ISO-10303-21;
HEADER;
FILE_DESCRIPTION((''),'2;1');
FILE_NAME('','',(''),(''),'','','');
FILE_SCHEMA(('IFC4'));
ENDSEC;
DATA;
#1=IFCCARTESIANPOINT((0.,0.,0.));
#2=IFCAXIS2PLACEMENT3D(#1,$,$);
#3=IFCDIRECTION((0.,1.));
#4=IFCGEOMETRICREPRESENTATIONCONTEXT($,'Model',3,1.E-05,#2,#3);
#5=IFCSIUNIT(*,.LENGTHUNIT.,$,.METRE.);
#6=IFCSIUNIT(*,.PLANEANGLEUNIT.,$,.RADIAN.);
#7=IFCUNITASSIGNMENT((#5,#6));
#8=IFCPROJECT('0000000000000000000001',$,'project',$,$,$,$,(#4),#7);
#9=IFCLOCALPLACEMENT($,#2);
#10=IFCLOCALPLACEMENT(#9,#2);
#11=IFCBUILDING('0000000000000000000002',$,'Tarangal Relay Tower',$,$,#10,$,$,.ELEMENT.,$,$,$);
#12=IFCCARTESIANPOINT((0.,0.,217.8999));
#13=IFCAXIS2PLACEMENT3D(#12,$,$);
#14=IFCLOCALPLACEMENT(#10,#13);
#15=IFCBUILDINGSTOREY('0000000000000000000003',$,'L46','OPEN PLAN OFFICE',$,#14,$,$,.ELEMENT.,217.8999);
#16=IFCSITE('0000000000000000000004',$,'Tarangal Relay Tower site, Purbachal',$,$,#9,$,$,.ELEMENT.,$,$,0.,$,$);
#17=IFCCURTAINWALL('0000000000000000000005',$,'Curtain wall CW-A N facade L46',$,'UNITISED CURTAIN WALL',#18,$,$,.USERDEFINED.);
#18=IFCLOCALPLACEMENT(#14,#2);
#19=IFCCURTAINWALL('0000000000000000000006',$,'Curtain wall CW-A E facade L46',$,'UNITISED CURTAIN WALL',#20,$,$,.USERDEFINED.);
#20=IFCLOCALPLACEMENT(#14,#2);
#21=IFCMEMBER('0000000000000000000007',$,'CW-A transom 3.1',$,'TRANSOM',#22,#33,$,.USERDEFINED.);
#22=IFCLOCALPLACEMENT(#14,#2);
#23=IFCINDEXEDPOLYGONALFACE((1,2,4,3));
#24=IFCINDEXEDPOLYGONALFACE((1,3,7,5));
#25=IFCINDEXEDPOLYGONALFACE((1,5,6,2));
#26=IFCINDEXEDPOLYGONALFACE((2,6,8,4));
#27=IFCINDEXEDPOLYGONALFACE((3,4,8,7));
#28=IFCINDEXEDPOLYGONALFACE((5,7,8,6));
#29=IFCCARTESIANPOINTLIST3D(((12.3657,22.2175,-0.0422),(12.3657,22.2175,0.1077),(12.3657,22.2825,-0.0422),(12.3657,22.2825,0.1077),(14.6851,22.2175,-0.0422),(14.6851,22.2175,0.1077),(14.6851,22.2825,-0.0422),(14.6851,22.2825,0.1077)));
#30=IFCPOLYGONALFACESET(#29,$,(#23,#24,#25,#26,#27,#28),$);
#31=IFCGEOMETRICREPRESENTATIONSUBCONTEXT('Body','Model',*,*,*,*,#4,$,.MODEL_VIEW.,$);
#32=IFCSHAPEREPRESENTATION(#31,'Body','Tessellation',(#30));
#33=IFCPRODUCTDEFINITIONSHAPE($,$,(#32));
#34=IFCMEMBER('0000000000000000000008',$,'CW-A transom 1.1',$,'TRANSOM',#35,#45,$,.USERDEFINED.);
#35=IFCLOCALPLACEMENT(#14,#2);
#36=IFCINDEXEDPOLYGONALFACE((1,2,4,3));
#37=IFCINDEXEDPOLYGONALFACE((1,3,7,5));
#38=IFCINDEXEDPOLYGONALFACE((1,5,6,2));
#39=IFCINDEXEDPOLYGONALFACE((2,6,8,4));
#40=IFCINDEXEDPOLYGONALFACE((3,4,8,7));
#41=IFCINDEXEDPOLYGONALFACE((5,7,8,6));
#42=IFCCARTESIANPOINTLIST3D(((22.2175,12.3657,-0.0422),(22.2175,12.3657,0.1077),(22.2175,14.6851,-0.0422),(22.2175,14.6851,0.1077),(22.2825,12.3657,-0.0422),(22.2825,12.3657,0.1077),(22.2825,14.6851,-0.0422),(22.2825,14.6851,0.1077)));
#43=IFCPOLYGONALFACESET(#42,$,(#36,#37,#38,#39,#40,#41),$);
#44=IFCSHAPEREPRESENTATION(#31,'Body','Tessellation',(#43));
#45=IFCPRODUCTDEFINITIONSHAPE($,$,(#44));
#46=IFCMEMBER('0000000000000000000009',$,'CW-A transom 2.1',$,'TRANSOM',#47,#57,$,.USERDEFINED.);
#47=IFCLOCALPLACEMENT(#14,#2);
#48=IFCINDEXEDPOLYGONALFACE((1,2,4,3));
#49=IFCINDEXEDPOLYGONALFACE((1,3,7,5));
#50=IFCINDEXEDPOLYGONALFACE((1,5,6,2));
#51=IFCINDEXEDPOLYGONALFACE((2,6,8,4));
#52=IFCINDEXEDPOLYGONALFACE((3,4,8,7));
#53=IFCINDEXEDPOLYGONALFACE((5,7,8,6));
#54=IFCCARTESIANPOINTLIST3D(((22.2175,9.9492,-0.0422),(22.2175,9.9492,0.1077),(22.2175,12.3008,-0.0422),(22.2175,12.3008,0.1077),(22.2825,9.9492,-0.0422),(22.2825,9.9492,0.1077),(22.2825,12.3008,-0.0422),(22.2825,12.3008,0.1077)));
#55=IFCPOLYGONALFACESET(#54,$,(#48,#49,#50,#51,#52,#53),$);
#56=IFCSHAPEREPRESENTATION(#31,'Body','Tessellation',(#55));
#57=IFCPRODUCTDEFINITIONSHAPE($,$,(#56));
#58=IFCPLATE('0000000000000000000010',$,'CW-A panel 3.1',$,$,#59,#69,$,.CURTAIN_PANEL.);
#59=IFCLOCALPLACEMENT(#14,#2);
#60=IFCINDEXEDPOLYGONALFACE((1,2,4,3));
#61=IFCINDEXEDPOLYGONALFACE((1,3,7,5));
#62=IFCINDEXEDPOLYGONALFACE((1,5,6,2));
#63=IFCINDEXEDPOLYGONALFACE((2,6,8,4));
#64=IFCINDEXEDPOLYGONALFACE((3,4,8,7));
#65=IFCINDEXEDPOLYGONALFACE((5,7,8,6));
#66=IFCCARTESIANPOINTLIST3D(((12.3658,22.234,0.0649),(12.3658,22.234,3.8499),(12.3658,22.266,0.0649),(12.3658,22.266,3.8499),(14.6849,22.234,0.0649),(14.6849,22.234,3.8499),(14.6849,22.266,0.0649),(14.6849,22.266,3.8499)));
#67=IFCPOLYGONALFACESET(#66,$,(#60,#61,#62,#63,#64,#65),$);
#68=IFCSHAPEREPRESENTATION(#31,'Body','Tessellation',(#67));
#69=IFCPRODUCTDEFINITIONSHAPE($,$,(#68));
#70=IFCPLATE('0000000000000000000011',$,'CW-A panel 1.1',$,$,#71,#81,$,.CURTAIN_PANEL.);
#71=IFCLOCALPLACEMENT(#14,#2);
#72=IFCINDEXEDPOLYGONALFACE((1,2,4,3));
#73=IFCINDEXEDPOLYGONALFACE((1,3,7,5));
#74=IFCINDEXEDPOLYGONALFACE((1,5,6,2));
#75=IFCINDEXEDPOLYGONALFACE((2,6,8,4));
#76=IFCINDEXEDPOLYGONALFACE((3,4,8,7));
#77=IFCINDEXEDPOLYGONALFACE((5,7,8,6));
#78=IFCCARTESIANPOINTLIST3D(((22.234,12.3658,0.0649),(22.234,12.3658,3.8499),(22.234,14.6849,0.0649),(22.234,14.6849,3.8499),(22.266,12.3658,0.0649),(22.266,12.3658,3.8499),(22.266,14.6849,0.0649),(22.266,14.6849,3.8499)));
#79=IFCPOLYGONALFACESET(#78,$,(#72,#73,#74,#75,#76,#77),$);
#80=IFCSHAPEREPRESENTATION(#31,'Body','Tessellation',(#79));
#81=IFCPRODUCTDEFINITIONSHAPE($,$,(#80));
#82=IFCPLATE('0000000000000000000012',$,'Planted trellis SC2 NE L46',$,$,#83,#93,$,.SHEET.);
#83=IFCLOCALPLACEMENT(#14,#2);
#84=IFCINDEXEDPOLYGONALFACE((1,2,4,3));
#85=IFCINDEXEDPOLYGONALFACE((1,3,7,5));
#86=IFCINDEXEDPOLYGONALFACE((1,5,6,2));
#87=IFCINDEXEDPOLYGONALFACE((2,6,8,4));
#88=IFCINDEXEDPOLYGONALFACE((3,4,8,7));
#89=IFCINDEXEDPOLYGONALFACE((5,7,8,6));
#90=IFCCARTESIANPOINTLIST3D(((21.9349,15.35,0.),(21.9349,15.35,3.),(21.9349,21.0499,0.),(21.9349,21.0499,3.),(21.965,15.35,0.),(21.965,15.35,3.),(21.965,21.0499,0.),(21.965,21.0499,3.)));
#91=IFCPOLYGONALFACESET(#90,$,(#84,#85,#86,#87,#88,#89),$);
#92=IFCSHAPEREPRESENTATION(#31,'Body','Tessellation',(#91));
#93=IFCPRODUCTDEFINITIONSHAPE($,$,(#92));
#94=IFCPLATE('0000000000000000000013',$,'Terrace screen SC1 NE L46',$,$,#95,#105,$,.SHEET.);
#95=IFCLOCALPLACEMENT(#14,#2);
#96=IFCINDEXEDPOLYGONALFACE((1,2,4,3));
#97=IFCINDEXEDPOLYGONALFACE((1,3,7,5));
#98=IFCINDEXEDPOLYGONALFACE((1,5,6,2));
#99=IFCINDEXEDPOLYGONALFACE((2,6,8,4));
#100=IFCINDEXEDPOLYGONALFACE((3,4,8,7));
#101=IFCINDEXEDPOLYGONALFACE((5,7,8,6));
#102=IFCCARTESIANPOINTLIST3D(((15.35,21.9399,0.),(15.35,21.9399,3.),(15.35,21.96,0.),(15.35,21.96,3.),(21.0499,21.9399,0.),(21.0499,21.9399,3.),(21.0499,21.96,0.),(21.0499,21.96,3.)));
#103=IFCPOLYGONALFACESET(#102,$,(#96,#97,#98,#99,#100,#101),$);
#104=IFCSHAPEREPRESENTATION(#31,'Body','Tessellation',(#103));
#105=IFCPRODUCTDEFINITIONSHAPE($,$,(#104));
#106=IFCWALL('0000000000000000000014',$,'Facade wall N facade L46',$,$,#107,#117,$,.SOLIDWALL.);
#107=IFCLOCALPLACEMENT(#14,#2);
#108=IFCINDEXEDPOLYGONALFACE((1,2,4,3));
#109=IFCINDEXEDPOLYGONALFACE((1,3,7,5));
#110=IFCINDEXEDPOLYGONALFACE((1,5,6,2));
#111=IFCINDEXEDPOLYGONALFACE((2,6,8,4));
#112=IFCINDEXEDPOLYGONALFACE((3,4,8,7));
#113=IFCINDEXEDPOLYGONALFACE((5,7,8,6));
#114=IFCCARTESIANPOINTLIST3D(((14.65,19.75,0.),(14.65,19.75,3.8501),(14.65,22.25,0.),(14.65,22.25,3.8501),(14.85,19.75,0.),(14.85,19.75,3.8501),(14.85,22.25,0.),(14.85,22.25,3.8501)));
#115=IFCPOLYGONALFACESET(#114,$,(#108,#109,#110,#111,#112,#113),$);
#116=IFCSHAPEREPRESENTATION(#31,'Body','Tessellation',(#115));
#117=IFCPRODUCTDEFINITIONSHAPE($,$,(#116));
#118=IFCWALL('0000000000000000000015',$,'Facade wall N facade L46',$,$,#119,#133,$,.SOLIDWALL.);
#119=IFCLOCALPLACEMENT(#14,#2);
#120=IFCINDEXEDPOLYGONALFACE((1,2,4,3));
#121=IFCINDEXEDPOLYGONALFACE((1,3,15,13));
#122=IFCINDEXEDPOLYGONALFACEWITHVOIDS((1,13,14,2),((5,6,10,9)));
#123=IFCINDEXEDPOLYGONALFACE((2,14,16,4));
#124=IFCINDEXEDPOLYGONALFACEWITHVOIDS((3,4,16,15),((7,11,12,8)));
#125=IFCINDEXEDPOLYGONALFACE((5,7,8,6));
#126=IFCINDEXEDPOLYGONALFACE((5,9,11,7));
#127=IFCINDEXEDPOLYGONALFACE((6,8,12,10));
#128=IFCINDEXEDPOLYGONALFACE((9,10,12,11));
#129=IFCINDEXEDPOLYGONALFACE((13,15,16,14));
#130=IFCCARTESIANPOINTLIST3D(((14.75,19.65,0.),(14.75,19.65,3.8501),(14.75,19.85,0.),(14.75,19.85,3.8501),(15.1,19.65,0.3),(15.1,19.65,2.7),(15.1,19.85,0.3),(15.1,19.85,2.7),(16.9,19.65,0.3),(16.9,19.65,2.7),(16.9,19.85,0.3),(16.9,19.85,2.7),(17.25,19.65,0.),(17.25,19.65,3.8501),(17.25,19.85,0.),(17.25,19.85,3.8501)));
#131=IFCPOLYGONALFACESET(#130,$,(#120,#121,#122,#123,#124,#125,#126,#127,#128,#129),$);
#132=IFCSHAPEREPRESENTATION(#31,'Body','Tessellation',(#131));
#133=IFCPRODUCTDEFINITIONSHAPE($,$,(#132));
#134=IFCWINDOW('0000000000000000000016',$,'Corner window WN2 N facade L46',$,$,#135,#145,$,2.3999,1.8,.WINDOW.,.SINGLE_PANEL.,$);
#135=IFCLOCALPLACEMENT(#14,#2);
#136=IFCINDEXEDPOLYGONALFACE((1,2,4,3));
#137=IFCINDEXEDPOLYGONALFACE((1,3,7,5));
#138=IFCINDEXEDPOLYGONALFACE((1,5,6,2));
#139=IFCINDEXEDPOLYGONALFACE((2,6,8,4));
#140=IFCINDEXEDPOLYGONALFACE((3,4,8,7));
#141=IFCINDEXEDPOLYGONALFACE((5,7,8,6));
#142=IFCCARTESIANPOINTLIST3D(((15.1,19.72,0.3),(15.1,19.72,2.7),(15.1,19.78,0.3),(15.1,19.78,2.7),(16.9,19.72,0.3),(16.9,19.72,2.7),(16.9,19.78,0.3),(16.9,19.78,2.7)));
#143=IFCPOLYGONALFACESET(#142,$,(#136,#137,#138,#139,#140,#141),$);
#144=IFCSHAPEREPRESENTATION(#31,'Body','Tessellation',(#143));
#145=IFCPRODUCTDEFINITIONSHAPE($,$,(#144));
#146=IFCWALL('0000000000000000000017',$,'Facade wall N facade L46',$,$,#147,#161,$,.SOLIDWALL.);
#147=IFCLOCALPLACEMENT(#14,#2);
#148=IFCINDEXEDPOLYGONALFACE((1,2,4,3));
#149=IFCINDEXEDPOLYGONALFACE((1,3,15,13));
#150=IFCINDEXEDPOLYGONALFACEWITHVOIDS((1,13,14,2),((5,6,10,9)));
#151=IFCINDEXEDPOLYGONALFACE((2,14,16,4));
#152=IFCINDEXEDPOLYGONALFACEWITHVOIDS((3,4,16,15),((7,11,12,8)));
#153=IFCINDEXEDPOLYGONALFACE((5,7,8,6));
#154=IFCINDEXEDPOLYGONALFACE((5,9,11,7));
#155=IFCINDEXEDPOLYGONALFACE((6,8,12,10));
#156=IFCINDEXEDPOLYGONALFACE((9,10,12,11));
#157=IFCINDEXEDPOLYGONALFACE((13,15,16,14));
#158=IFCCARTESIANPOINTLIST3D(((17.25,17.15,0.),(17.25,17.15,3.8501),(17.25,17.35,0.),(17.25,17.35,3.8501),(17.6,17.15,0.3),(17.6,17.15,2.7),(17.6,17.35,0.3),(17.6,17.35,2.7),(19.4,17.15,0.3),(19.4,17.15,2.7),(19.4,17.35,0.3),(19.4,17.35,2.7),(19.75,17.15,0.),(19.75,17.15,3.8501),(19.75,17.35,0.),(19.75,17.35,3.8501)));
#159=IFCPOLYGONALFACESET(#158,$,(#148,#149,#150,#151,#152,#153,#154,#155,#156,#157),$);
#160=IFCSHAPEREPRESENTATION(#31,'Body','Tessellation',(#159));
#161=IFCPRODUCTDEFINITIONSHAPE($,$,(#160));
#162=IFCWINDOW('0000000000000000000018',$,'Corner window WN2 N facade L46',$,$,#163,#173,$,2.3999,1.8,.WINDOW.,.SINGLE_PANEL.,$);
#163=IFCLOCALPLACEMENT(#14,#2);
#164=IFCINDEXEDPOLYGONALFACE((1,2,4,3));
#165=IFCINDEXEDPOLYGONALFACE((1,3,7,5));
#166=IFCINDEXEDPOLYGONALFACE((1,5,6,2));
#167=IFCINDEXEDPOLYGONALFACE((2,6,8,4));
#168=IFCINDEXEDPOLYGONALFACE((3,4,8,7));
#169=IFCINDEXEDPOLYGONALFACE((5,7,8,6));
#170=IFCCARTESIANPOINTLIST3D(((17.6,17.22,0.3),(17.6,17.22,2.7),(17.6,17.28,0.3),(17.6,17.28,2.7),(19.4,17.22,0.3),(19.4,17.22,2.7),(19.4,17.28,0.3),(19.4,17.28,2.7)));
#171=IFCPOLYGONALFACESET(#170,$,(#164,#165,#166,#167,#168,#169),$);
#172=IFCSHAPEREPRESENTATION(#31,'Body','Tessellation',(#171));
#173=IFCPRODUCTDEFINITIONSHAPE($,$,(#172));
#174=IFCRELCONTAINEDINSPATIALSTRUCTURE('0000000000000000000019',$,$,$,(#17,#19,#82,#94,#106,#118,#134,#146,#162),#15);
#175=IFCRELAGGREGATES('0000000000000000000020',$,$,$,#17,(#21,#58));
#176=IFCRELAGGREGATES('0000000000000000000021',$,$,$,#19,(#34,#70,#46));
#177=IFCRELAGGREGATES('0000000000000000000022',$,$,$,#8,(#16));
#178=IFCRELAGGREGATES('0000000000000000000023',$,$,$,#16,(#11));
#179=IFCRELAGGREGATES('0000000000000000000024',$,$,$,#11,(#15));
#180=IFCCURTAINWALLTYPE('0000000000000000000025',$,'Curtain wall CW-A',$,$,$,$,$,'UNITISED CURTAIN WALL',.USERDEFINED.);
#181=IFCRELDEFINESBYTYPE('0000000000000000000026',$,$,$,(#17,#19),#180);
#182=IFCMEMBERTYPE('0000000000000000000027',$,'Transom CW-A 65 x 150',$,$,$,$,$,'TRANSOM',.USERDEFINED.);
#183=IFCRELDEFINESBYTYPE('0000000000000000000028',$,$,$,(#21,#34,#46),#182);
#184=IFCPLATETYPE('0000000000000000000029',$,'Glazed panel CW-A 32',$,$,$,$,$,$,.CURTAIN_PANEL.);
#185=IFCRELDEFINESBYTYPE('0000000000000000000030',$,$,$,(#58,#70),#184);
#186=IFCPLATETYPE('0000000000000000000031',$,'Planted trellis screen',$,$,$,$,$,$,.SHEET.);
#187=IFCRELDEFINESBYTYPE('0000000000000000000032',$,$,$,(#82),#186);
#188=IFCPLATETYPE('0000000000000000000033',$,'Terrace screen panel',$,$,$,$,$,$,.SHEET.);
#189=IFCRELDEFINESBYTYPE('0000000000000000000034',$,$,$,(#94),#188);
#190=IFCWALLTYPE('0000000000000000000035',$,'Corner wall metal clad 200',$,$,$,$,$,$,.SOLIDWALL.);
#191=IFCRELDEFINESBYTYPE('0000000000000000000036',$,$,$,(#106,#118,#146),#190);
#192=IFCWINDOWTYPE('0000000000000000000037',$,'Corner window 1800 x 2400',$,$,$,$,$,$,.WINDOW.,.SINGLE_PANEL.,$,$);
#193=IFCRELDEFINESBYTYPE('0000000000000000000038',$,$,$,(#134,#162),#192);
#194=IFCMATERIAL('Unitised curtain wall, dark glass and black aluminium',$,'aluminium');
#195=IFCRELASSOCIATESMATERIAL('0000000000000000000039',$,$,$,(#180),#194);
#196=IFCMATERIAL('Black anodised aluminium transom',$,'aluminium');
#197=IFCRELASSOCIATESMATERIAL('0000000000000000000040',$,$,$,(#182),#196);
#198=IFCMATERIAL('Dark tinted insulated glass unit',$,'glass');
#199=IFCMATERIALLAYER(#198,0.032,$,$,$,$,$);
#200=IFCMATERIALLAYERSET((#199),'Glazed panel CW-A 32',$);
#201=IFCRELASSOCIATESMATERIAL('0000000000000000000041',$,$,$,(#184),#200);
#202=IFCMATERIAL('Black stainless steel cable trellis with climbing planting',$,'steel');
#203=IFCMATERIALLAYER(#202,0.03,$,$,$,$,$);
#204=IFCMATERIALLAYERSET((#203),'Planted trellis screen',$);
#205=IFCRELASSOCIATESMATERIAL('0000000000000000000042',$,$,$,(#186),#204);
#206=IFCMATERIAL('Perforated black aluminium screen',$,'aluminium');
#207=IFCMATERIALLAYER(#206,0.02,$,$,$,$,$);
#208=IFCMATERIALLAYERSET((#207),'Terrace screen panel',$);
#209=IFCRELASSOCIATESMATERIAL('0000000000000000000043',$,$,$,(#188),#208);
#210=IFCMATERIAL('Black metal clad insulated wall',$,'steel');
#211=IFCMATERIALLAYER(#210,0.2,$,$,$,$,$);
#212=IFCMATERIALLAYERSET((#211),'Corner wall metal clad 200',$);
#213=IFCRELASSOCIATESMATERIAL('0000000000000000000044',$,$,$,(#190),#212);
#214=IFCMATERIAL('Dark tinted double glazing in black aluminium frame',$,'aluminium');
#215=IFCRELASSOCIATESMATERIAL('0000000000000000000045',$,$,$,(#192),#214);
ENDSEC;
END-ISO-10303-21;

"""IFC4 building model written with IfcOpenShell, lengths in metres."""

from ifc_helpers import new_model, si_unit, direction, frame, frame_2d, origin, origin_2d, place, context, subcontext, project, spatial, rectangle, extrude, material, layer, layer_set, material_profile, profile_set, type_object, element, fill, aggregate, save


model = new_model("IFC4")

# Units and contexts
model_context = context("Model", 3, precision=1e-05, world=origin(), true_north=direction((0.0, 1.0)))
body_context = subcontext(model_context, "Body", "Model", "MODEL_VIEW")
ifc_project = project(units=[si_unit("LENGTHUNIT", "METRE"), si_unit("PLANEANGLEUNIT", "RADIAN")], contexts=[model_context])

# Site, building, storey
site_placement = place(None, origin())
site = spatial("IfcSite", under=ifc_project, at=site_placement, Name="Tarangal Relay Tower site, Purbachal", CompositionType="ELEMENT", RefElevation=0.0)
building_placement = place(site_placement, origin())
building = spatial("IfcBuilding", under=site, at=building_placement, Name="Tarangal Relay Tower", CompositionType="ELEMENT")
storey_placement = place(building_placement, frame((0.0, 0.0, 217.8999)))
storey = spatial("IfcBuildingStorey", under=building, at=storey_placement, Name="L46", Description="OPEN PLAN OFFICE", CompositionType="ELEMENT", Elevation=217.8999)

# Curtain walls
ifc_material_1 = material(Name="Unitised curtain wall, dark glass and black aluminium", Category="aluminium")
curtain_wall_type = type_object("IfcCurtainWallType", Name="Curtain wall CW-A", ElementType="UNITISED CURTAIN WALL", PredefinedType="USERDEFINED", material=ifc_material_1)
curtain_wall_1_placement = place(storey_placement, origin())
curtain_wall_1 = element("IfcCurtainWall", 1, at=curtain_wall_1_placement, inside=storey, type_object=curtain_wall_type, Name="Curtain wall CW-A N facade L46", ObjectType="UNITISED CURTAIN WALL", PredefinedType="USERDEFINED")
curtain_wall_2_placement = place(storey_placement, origin())
curtain_wall_2 = element("IfcCurtainWall", 2, at=curtain_wall_2_placement, inside=storey, type_object=curtain_wall_type, Name="Curtain wall CW-A E facade L46", ObjectType="UNITISED CURTAIN WALL", PredefinedType="USERDEFINED")

# Members
ifc_material_2 = material(Name="Black anodised aluminium transom", Category="aluminium")
ifc_material_profile_1 = material_profile(ifc_material_2, rectangle(XDim=0.0649, YDim=0.1499, at=origin_2d()), Name="CW-AT 65X150")
ifc_profile_set_1 = profile_set([ifc_material_profile_1], Name="Black anodised aluminium transom")
member_type_1 = type_object("IfcMemberType", Name="Transom CW-A 65 x 150", ElementType="TRANSOM", PredefinedType="USERDEFINED", material=ifc_profile_set_1)
member_1_placement = place(storey_placement, frame((12.3657, 22.25, 0.0327), z_axis=(1.0, 0.0, 0.0), x_axis=(0.0, 1.0, 0.0)))
member_1 = element("IfcMember", 3, at=member_1_placement, type_object=member_type_1, Name="CW-A transom 3.1", ObjectType="TRANSOM", PredefinedType="USERDEFINED", context=body_context, shape_type="SweptSolid", body=[
    extrude(rectangle(XDim=0.0649, YDim=0.1499, at=origin_2d()), origin(), (0.0, 0.0, 1.0), 2.3193),
])
member_2_placement = place(storey_placement, frame((22.25, 14.6851, 0.0327), z_axis=(0.0, -1.0, 0.0), x_axis=(1.0, 0.0, 0.0)))
member_2 = element("IfcMember", 4, at=member_2_placement, type_object=member_type_1, Name="CW-A transom 1.1", ObjectType="TRANSOM", PredefinedType="USERDEFINED", context=body_context, shape_type="SweptSolid", body=[
    extrude(rectangle(XDim=0.0649, YDim=0.1499, at=origin_2d()), origin(), (0.0, 0.0, 1.0), 2.3193),
])
member_3_placement = place(storey_placement, frame((22.25, 12.3008, 0.0327), z_axis=(0.0, -1.0, 0.0), x_axis=(1.0, 0.0, 0.0)))
member_3 = element("IfcMember", 5, at=member_3_placement, type_object=member_type_1, Name="CW-A transom 2.1", ObjectType="TRANSOM", PredefinedType="USERDEFINED", context=body_context, shape_type="SweptSolid", body=[
    extrude(rectangle(XDim=0.0649, YDim=0.1499, at=origin_2d()), origin(), (0.0, 0.0, 1.0), 2.3516),
])

# Plates
ifc_material_3 = material(Name="Dark tinted insulated glass unit", Category="glass")
ifc_layer_1 = layer(ifc_material_3, 0.032)
ifc_layer_set_1 = layer_set([ifc_layer_1], Name="Glazed panel CW-A 32")
plate_type_1 = type_object("IfcPlateType", Name="Glazed panel CW-A 32", PredefinedType="CURTAIN_PANEL", material=ifc_layer_set_1)
plate_1_placement = place(storey_placement, frame((13.5254, 22.25, 0.0649), z_axis=(0.0, 0.0, 1.0), x_axis=(1.0, 0.0, 0.0)))
plate_1 = element("IfcPlate", 6, at=plate_1_placement, type_object=plate_type_1, Name="CW-A panel 3.1", PredefinedType="CURTAIN_PANEL", context=body_context, shape_type="SweptSolid", body=[
    extrude(rectangle(XDim=2.3191, YDim=0.032, at=origin_2d()), origin(), (0.0, 0.0, 1.0), 3.7849),
])
aggregate(curtain_wall_1, [member_1, plate_1])
plate_2_placement = place(storey_placement, frame((22.25, 13.5254, 0.0649), z_axis=(0.0, 0.0, 1.0), x_axis=(0.0, -1.0, 0.0)))
plate_2 = element("IfcPlate", 7, at=plate_2_placement, type_object=plate_type_1, Name="CW-A panel 1.1", PredefinedType="CURTAIN_PANEL", context=body_context, shape_type="SweptSolid", body=[
    extrude(rectangle(XDim=2.3191, YDim=0.032, at=origin_2d()), origin(), (0.0, 0.0, 1.0), 3.7849),
])
aggregate(curtain_wall_2, [member_2, plate_2, member_3])

# Plates
ifc_material_4 = material(Name="Black stainless steel cable trellis with climbing planting", Category="steel")
ifc_layer_2 = layer(ifc_material_4, 0.03)
ifc_layer_set_2 = layer_set([ifc_layer_2], Name="Planted trellis screen")
plate_type_2 = type_object("IfcPlateType", Name="Planted trellis screen", PredefinedType="SHEET", material=ifc_layer_set_2)
plate_3_placement = place(storey_placement, frame((21.95, 18.2, 0.0), z_axis=(0.0, 0.0, 1.0), x_axis=(0.0, -1.0, 0.0)))
element("IfcPlate", 8, at=plate_3_placement, inside=storey, type_object=plate_type_2, Name="Planted trellis SC2 NE L46", PredefinedType="SHEET", context=body_context, shape_type="SweptSolid", body=[
    extrude(rectangle(XDim=5.7, YDim=0.03, at=origin_2d()), origin(), (0.0, 0.0, 1.0), 3.0),
])
ifc_material_5 = material(Name="Perforated black aluminium screen", Category="aluminium")
ifc_layer_3 = layer(ifc_material_5, 0.02)
ifc_layer_set_3 = layer_set([ifc_layer_3], Name="Terrace screen panel")
plate_type_3 = type_object("IfcPlateType", Name="Terrace screen panel", PredefinedType="SHEET", material=ifc_layer_set_3)
plate_4_placement = place(storey_placement, frame((18.2, 21.95, 0.0), z_axis=(0.0, 0.0, 1.0), x_axis=(1.0, 0.0, 0.0)))
element("IfcPlate", 9, at=plate_4_placement, inside=storey, type_object=plate_type_3, Name="Terrace screen SC1 NE L46", PredefinedType="SHEET", context=body_context, shape_type="SweptSolid", body=[
    extrude(rectangle(XDim=5.7, YDim=0.02, at=origin_2d()), origin(), (0.0, 0.0, 1.0), 3.0),
])

# Wall
ifc_material_6 = material(Name="Black metal clad insulated wall", Category="steel")
ifc_layer_4 = layer(ifc_material_6, 0.2)
ifc_layer_set_4 = layer_set([ifc_layer_4], Name="Corner wall metal clad 200")
wall_type_1 = type_object("IfcWallType", Name="Corner wall metal clad 200", PredefinedType="SOLIDWALL", material=ifc_layer_set_4)
wall_1_placement = place(storey_placement, frame((14.75, 22.25, 0.0), z_axis=(0.0, 0.0, 1.0), x_axis=(0.0, -1.0, 0.0)))
element("IfcWall", 10, at=wall_1_placement, inside=storey, type_object=wall_type_1, Name="Facade wall N facade L46", PredefinedType="SOLIDWALL", context=body_context, shape_type="SweptSolid", body=[
    extrude(rectangle(XDim=2.5, YDim=0.2, at=frame_2d((1.25, 0.0))), origin(), (0.0, 0.0, 1.0), 3.8501),
])

# Wall, opening, window
wall_2_placement = place(storey_placement, frame((14.75, 19.75, 0.0), z_axis=(0.0, 0.0, 1.0), x_axis=(1.0, 0.0, 0.0)))
wall_2 = element("IfcWall", 11, at=wall_2_placement, inside=storey, type_object=wall_type_1, Name="Facade wall N facade L46", PredefinedType="SOLIDWALL", context=body_context, shape_type="SweptSolid", body=[
    extrude(rectangle(XDim=2.5, YDim=0.2, at=frame_2d((1.25, 0.0))), origin(), (0.0, 0.0, 1.0), 3.8501),
])
opening_1_placement = place(wall_2_placement, frame((0.3501, 0.0, 0.3)))
opening_1 = element("IfcOpeningElement", 12, at=opening_1_placement, cuts=wall_2, PredefinedType="OPENING", context=body_context, shape_type="SweptSolid", body=[
    extrude(rectangle(XDim=1.8, YDim=2.3999, at=frame_2d((0.8999, 1.2))), frame((0.0, 0.1099, 0.0), z_axis=(0.0, -1.0, 0.0), x_axis=(1.0, 0.0, 0.0)), (0.0, 0.0, 1.0), 0.22),
])
ifc_material_7 = material(Name="Dark tinted double glazing in black aluminium frame", Category="aluminium")
window_type = type_object("IfcWindowType", Name="Corner window 1800 x 2400", PartitioningType="SINGLE_PANEL", PredefinedType="WINDOW", material=ifc_material_7)
window_1_placement = place(opening_1_placement, origin())
window_1 = element("IfcWindow", 13, at=window_1_placement, inside=storey, type_object=window_type, Name="Corner window WN2 N facade L46", OverallHeight=2.3999, OverallWidth=1.8, PartitioningType="SINGLE_PANEL", PredefinedType="WINDOW", context=body_context, shape_type="SweptSolid", body=[
    extrude(rectangle(XDim=1.8, YDim=2.3999, at=frame_2d((0.8999, 1.2))), frame((0.0, 0.03, 0.0), z_axis=(0.0, -1.0, 0.0), x_axis=(1.0, 0.0, 0.0)), (0.0, 0.0, 1.0), 0.0601),
])
fill(opening_1, window_1)

# Wall, opening, window
wall_3_placement = place(storey_placement, frame((17.25, 17.25, 0.0), z_axis=(0.0, 0.0, 1.0), x_axis=(1.0, 0.0, 0.0)))
wall_3 = element("IfcWall", 14, at=wall_3_placement, inside=storey, type_object=wall_type_1, Name="Facade wall N facade L46", PredefinedType="SOLIDWALL", context=body_context, shape_type="SweptSolid", body=[
    extrude(rectangle(XDim=2.5, YDim=0.2, at=frame_2d((1.25, 0.0))), origin(), (0.0, 0.0, 1.0), 3.8501),
])
opening_2_placement = place(wall_3_placement, frame((0.3501, 0.0, 0.3)))
opening_2 = element("IfcOpeningElement", 15, at=opening_2_placement, cuts=wall_3, PredefinedType="OPENING", context=body_context, shape_type="SweptSolid", body=[
    extrude(rectangle(XDim=1.8, YDim=2.3999, at=frame_2d((0.8999, 1.2))), frame((0.0, 0.1099, 0.0), z_axis=(0.0, -1.0, 0.0), x_axis=(1.0, 0.0, 0.0)), (0.0, 0.0, 1.0), 0.22),
])
window_2_placement = place(opening_2_placement, origin())
window_2 = element("IfcWindow", 16, at=window_2_placement, inside=storey, type_object=window_type, Name="Corner window WN2 N facade L46", OverallHeight=2.3999, OverallWidth=1.8, PartitioningType="SINGLE_PANEL", PredefinedType="WINDOW", context=body_context, shape_type="SweptSolid", body=[
    extrude(rectangle(XDim=1.8, YDim=2.3999, at=frame_2d((0.8999, 1.2))), frame((0.0, 0.03, 0.0), z_axis=(0.0, -1.0, 0.0), x_axis=(1.0, 0.0, 0.0)), (0.0, 0.0, 1.0), 0.0601),
])
fill(opening_2, window_2)

save(model, "model.ifc")
